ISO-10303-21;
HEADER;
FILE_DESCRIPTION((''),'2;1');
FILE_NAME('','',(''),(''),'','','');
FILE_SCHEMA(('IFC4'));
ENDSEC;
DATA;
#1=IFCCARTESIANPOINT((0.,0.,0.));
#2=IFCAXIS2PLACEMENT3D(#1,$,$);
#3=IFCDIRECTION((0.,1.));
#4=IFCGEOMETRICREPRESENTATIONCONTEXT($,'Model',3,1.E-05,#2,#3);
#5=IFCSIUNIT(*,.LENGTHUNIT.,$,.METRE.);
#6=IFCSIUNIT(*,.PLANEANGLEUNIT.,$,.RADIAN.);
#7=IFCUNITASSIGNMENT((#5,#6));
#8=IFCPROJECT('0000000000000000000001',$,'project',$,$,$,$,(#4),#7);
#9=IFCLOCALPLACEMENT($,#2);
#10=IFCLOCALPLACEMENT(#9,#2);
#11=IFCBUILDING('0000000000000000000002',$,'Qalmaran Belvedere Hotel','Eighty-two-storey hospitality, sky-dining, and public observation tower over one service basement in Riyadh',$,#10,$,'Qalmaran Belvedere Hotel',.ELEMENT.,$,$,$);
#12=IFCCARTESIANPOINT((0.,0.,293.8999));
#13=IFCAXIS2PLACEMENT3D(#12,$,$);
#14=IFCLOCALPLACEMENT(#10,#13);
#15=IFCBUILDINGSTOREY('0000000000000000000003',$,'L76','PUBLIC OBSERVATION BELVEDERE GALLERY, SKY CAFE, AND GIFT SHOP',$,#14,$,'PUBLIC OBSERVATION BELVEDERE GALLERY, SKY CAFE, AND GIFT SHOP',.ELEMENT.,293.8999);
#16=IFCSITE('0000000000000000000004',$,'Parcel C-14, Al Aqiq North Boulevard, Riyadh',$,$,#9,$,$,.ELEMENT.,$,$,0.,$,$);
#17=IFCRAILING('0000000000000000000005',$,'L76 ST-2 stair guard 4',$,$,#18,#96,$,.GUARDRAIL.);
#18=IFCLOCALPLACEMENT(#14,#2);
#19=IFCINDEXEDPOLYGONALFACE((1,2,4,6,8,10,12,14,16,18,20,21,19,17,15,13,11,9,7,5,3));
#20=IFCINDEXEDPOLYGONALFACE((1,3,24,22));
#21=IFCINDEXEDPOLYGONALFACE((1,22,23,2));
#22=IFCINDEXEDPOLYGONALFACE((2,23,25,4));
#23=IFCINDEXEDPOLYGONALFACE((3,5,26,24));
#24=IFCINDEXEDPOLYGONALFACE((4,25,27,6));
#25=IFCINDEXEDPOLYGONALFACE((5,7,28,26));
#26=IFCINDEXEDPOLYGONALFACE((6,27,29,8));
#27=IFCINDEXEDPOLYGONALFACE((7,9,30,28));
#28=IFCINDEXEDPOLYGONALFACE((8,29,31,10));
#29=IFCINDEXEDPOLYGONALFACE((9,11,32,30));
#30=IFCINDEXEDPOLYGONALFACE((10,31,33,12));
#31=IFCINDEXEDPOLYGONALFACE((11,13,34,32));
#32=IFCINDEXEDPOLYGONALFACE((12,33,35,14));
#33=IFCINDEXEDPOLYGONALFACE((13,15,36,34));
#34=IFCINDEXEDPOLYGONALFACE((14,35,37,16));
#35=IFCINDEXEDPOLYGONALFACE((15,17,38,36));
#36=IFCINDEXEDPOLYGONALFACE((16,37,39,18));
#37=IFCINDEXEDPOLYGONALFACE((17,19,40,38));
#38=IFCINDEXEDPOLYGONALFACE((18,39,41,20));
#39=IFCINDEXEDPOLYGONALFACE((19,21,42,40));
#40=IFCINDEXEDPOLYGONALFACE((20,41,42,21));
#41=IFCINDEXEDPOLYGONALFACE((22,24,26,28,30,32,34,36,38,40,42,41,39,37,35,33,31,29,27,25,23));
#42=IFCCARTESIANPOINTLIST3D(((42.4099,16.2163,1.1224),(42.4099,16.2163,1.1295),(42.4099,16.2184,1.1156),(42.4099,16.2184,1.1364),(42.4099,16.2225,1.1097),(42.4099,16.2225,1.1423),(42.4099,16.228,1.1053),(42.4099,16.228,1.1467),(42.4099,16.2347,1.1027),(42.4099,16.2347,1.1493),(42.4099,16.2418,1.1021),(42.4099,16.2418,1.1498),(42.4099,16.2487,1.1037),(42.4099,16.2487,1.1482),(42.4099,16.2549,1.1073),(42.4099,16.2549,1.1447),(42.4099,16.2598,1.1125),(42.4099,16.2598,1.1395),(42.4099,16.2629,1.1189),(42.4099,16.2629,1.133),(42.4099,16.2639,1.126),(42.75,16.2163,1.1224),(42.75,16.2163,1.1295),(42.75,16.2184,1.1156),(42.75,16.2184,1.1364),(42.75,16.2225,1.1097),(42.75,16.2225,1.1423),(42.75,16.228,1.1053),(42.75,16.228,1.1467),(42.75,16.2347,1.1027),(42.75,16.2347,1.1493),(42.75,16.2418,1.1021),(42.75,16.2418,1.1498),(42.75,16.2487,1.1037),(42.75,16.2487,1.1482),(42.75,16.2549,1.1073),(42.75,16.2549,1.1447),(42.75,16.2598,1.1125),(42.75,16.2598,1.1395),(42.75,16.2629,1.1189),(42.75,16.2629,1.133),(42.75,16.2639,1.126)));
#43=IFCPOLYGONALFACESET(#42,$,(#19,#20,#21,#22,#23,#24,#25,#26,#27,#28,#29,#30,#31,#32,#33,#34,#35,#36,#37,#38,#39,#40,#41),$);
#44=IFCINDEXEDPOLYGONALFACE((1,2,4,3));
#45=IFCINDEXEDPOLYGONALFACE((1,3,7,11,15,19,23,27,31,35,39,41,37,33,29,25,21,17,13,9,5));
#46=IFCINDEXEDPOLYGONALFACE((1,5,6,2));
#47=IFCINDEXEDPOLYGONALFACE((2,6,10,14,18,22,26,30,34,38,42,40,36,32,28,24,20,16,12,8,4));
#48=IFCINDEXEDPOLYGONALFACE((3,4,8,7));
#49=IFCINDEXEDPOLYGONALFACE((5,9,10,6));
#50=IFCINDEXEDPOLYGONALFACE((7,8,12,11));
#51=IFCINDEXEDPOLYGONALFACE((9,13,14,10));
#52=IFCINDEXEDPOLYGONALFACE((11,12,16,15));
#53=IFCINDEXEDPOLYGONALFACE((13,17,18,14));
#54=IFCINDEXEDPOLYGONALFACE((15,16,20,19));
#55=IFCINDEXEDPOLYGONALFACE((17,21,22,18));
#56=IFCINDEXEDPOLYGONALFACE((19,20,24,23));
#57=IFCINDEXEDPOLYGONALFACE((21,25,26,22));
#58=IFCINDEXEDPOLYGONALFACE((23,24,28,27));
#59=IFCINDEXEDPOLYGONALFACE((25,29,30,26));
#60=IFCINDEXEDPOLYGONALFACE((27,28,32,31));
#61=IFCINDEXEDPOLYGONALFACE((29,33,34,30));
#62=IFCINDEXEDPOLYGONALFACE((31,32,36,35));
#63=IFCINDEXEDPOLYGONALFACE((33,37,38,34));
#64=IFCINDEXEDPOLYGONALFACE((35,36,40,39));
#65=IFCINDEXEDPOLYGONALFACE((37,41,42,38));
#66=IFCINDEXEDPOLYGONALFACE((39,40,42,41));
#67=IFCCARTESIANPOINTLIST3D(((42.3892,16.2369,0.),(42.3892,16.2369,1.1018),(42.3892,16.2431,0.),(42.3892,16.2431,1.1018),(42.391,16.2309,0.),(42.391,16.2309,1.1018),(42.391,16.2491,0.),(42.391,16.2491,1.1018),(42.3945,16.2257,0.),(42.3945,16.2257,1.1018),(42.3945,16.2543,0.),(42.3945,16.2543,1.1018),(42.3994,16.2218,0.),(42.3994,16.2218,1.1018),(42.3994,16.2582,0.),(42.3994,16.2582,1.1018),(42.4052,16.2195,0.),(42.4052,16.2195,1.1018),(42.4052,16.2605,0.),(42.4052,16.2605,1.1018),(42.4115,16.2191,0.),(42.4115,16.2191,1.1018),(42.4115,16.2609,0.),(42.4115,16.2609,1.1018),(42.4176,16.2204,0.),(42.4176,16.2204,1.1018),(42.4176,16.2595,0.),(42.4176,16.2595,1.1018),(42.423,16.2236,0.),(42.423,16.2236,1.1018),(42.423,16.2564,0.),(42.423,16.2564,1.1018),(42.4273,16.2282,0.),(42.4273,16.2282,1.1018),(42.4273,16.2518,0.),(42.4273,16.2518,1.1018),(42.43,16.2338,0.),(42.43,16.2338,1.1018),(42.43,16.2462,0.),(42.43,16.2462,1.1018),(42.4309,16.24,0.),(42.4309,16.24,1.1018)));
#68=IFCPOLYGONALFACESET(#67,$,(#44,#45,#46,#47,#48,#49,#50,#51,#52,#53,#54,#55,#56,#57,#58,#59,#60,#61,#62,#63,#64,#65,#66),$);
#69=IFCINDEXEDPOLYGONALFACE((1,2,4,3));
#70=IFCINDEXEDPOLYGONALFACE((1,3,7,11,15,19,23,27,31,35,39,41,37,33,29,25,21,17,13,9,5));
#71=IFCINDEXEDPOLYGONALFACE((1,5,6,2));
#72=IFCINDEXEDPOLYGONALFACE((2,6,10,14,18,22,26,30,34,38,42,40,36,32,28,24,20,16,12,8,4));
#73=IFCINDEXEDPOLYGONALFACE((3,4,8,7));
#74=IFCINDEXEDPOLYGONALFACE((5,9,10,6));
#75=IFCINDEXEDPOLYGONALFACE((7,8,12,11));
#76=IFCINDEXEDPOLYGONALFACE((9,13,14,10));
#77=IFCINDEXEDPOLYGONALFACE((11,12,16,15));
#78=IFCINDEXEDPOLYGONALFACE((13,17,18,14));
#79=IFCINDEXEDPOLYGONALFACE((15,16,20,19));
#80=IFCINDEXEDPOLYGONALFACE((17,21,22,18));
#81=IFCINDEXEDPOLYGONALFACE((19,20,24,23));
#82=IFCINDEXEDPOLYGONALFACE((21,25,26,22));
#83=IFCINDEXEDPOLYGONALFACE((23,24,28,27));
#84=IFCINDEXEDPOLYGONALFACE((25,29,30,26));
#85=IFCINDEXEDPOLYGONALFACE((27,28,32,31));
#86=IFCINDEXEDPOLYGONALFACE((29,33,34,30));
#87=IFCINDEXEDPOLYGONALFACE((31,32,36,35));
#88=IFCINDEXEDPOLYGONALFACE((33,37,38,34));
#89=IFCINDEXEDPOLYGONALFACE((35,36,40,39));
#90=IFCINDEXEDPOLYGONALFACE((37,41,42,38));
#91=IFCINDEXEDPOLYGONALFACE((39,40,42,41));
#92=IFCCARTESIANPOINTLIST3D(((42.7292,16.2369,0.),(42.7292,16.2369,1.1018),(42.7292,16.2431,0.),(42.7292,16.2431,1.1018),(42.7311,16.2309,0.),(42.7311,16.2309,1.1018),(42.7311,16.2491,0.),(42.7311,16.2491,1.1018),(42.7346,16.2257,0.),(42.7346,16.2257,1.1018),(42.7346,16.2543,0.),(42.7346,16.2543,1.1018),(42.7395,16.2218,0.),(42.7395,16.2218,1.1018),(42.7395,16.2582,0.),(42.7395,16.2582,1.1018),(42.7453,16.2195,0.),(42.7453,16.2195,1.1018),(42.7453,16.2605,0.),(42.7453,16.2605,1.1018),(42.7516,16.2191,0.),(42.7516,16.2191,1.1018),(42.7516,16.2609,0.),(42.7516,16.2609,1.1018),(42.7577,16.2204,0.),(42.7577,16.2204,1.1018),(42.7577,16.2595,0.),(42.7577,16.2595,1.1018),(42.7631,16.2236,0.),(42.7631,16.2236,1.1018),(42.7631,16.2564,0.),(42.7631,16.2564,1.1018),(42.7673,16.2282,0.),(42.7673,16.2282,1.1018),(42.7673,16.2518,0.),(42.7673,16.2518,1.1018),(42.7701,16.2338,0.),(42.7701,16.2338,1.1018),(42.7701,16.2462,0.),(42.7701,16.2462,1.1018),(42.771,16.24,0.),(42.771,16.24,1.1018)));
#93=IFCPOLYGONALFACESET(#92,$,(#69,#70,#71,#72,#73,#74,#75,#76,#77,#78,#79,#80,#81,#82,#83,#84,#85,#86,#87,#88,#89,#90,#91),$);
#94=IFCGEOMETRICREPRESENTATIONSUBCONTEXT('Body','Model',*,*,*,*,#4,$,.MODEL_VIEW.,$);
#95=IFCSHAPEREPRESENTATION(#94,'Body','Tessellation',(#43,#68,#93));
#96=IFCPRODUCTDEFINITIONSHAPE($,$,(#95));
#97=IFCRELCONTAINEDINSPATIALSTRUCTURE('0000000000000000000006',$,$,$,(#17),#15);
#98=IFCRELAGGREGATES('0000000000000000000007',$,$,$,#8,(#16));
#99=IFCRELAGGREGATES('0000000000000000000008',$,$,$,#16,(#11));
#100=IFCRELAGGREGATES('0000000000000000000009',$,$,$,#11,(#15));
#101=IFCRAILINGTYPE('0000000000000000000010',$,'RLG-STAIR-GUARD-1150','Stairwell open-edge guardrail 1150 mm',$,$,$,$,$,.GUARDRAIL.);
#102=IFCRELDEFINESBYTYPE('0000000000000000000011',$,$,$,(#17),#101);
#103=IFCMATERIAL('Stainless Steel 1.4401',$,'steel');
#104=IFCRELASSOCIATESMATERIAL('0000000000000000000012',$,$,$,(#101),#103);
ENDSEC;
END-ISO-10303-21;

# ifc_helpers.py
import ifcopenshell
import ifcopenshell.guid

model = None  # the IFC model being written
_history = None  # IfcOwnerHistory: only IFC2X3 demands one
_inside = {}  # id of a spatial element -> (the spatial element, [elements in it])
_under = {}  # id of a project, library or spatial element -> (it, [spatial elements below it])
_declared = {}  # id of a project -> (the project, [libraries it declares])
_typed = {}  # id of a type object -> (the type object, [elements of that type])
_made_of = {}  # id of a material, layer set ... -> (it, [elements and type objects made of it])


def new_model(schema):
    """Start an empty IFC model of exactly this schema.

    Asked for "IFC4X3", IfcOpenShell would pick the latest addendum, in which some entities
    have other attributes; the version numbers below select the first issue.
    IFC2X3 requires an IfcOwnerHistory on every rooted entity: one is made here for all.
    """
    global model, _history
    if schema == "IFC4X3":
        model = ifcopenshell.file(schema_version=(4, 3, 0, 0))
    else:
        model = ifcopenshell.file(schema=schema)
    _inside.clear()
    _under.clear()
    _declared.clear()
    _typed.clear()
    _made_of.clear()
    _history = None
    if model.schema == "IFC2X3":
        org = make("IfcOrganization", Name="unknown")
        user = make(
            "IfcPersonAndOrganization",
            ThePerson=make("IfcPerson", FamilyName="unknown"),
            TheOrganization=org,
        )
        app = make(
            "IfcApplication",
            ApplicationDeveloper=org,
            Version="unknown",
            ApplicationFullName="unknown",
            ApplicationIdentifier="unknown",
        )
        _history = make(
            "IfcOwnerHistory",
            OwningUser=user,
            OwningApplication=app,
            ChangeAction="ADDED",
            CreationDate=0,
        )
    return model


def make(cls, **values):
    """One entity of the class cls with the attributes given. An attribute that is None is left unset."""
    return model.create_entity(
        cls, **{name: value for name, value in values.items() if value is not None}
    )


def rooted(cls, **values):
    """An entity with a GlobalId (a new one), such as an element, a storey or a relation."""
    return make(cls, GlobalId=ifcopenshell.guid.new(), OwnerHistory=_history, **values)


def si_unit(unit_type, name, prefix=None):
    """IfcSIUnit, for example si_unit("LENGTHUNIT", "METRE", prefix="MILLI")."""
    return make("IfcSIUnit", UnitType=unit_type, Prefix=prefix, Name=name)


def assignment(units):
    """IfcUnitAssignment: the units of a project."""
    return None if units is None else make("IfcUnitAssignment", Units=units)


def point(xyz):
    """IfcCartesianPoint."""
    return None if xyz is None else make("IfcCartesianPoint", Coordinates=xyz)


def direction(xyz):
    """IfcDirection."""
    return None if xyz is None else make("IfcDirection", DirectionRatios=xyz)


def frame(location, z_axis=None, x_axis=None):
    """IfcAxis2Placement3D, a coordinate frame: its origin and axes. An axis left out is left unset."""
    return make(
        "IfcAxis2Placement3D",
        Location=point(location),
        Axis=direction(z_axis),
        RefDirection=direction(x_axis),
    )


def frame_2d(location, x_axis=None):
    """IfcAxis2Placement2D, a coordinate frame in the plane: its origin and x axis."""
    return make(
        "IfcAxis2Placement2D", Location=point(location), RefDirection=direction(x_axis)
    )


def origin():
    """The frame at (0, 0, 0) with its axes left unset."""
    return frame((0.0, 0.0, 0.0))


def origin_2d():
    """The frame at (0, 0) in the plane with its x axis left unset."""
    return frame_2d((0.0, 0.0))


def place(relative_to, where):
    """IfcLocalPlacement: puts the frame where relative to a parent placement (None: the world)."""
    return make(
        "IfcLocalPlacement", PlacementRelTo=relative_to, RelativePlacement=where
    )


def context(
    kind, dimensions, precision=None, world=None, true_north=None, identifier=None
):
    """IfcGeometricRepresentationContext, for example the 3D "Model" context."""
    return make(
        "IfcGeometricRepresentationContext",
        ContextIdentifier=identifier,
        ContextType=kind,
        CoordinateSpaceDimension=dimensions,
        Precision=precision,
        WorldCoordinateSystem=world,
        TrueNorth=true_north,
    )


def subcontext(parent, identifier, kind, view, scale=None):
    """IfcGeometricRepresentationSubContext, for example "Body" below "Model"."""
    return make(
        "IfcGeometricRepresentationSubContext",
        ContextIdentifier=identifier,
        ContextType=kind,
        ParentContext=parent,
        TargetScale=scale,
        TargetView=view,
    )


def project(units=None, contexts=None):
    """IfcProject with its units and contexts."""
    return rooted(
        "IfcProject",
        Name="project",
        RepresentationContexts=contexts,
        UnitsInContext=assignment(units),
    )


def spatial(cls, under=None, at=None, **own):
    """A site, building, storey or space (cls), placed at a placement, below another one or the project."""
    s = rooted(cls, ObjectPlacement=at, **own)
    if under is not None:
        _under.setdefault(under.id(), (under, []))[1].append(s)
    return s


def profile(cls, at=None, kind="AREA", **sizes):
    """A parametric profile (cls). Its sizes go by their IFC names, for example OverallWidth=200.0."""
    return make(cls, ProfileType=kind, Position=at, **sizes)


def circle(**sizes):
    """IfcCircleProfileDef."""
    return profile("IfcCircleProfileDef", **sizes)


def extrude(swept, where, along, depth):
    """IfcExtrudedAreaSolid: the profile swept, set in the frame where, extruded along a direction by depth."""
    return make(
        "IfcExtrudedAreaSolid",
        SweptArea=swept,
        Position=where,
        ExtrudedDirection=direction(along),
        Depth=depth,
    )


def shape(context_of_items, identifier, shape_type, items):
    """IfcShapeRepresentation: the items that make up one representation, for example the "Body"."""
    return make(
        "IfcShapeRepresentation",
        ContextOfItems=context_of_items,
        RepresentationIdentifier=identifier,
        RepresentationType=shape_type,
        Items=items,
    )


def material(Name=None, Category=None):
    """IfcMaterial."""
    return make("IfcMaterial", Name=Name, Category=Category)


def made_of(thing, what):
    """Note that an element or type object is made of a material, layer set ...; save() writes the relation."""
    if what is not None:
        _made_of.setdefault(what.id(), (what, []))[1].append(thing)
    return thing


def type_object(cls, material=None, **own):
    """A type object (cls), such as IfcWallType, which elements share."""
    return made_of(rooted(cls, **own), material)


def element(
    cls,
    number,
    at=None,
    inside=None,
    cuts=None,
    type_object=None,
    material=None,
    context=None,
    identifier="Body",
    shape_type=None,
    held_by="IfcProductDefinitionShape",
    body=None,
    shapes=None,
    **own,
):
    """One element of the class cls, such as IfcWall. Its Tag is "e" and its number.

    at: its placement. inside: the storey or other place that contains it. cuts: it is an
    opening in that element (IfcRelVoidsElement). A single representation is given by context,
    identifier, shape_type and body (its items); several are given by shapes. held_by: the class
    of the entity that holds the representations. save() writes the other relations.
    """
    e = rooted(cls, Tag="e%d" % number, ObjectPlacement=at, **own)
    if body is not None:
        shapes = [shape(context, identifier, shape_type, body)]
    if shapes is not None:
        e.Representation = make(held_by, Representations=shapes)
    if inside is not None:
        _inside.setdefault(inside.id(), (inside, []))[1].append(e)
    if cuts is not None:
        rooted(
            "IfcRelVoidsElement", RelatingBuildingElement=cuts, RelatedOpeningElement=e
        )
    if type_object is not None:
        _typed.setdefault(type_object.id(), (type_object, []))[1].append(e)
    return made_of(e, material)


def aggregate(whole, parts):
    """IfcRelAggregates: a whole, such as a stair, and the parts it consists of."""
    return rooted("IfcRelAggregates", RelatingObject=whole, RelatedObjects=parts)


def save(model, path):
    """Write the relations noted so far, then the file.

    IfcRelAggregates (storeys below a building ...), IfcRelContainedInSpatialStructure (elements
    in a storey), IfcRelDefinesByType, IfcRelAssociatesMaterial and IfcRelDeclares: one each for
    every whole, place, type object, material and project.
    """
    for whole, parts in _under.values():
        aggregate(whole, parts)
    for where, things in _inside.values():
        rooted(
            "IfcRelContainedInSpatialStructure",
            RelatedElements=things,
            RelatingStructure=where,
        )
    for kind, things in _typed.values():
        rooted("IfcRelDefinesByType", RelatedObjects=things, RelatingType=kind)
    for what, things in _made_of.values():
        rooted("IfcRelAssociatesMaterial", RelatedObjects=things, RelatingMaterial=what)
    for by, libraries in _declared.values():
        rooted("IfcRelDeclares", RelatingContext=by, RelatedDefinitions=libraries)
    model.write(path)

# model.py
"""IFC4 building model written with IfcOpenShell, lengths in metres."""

from ifc_helpers import new_model, si_unit, direction, frame, origin, origin_2d, place, context, subcontext, project, spatial, circle, extrude, material, type_object, element, save


model = new_model("IFC4")

# Units and contexts
model_context = context("Model", 3, precision=1e-05, world=origin(), true_north=direction((0.0, 1.0)))
body_context = subcontext(model_context, "Body", "Model", "MODEL_VIEW")
ifc_project = project(units=[si_unit("LENGTHUNIT", "METRE"), si_unit("PLANEANGLEUNIT", "RADIAN")], contexts=[model_context])

# Site, building, storey
site_placement = place(None, origin())
site = spatial("IfcSite", under=ifc_project, at=site_placement, Name="Parcel C-14, Al Aqiq North Boulevard, Riyadh", CompositionType="ELEMENT", RefElevation=0.0)
building_placement = place(site_placement, origin())
building = spatial("IfcBuilding", under=site, at=building_placement, Name="Qalmaran Belvedere Hotel", Description="Eighty-two-storey hospitality, sky-dining, and public observation tower over one service basement in Riyadh", LongName="Qalmaran Belvedere Hotel", CompositionType="ELEMENT")
storey_placement = place(building_placement, frame((0.0, 0.0, 293.8999)))
storey = spatial("IfcBuildingStorey", under=building, at=storey_placement, Name="L76", Description="PUBLIC OBSERVATION BELVEDERE GALLERY, SKY CAFE, AND GIFT SHOP", LongName="PUBLIC OBSERVATION BELVEDERE GALLERY, SKY CAFE, AND GIFT SHOP", CompositionType="ELEMENT", Elevation=293.8999)

# Railing
ifc_material_1 = material(Name="Stainless Steel 1.4401", Category="steel")
railing_type_1 = type_object("IfcRailingType", Name="RLG-STAIR-GUARD-1150", Description="Stairwell open-edge guardrail 1150 mm", PredefinedType="GUARDRAIL", material=ifc_material_1)
railing_1_placement = place(storey_placement, frame((42.4099, 16.24, 0.0)))
element("IfcRailing", 1, at=railing_1_placement, inside=storey, type_object=railing_type_1, Name="L76 ST-2 stair guard 4", PredefinedType="GUARDRAIL", context=body_context, shape_type="SweptSolid", body=[
    extrude(circle(Radius=0.0239, at=origin_2d()), frame((0.0, 0.0, 1.126), z_axis=(1.0, 0.0, 0.0), x_axis=(0.0, 1.0, 0.0)), (0.0, 0.0, 1.0), 0.3401),
    extrude(circle(Radius=0.021, at=origin_2d()), origin(), (0.0, 0.0, 1.0), 1.1018),
    extrude(circle(Radius=0.021, at=origin_2d()), frame((0.3401, 0.0, 0.0)), (0.0, 0.0, 1.0), 1.1018),
])

save(model, "model.ifc")
